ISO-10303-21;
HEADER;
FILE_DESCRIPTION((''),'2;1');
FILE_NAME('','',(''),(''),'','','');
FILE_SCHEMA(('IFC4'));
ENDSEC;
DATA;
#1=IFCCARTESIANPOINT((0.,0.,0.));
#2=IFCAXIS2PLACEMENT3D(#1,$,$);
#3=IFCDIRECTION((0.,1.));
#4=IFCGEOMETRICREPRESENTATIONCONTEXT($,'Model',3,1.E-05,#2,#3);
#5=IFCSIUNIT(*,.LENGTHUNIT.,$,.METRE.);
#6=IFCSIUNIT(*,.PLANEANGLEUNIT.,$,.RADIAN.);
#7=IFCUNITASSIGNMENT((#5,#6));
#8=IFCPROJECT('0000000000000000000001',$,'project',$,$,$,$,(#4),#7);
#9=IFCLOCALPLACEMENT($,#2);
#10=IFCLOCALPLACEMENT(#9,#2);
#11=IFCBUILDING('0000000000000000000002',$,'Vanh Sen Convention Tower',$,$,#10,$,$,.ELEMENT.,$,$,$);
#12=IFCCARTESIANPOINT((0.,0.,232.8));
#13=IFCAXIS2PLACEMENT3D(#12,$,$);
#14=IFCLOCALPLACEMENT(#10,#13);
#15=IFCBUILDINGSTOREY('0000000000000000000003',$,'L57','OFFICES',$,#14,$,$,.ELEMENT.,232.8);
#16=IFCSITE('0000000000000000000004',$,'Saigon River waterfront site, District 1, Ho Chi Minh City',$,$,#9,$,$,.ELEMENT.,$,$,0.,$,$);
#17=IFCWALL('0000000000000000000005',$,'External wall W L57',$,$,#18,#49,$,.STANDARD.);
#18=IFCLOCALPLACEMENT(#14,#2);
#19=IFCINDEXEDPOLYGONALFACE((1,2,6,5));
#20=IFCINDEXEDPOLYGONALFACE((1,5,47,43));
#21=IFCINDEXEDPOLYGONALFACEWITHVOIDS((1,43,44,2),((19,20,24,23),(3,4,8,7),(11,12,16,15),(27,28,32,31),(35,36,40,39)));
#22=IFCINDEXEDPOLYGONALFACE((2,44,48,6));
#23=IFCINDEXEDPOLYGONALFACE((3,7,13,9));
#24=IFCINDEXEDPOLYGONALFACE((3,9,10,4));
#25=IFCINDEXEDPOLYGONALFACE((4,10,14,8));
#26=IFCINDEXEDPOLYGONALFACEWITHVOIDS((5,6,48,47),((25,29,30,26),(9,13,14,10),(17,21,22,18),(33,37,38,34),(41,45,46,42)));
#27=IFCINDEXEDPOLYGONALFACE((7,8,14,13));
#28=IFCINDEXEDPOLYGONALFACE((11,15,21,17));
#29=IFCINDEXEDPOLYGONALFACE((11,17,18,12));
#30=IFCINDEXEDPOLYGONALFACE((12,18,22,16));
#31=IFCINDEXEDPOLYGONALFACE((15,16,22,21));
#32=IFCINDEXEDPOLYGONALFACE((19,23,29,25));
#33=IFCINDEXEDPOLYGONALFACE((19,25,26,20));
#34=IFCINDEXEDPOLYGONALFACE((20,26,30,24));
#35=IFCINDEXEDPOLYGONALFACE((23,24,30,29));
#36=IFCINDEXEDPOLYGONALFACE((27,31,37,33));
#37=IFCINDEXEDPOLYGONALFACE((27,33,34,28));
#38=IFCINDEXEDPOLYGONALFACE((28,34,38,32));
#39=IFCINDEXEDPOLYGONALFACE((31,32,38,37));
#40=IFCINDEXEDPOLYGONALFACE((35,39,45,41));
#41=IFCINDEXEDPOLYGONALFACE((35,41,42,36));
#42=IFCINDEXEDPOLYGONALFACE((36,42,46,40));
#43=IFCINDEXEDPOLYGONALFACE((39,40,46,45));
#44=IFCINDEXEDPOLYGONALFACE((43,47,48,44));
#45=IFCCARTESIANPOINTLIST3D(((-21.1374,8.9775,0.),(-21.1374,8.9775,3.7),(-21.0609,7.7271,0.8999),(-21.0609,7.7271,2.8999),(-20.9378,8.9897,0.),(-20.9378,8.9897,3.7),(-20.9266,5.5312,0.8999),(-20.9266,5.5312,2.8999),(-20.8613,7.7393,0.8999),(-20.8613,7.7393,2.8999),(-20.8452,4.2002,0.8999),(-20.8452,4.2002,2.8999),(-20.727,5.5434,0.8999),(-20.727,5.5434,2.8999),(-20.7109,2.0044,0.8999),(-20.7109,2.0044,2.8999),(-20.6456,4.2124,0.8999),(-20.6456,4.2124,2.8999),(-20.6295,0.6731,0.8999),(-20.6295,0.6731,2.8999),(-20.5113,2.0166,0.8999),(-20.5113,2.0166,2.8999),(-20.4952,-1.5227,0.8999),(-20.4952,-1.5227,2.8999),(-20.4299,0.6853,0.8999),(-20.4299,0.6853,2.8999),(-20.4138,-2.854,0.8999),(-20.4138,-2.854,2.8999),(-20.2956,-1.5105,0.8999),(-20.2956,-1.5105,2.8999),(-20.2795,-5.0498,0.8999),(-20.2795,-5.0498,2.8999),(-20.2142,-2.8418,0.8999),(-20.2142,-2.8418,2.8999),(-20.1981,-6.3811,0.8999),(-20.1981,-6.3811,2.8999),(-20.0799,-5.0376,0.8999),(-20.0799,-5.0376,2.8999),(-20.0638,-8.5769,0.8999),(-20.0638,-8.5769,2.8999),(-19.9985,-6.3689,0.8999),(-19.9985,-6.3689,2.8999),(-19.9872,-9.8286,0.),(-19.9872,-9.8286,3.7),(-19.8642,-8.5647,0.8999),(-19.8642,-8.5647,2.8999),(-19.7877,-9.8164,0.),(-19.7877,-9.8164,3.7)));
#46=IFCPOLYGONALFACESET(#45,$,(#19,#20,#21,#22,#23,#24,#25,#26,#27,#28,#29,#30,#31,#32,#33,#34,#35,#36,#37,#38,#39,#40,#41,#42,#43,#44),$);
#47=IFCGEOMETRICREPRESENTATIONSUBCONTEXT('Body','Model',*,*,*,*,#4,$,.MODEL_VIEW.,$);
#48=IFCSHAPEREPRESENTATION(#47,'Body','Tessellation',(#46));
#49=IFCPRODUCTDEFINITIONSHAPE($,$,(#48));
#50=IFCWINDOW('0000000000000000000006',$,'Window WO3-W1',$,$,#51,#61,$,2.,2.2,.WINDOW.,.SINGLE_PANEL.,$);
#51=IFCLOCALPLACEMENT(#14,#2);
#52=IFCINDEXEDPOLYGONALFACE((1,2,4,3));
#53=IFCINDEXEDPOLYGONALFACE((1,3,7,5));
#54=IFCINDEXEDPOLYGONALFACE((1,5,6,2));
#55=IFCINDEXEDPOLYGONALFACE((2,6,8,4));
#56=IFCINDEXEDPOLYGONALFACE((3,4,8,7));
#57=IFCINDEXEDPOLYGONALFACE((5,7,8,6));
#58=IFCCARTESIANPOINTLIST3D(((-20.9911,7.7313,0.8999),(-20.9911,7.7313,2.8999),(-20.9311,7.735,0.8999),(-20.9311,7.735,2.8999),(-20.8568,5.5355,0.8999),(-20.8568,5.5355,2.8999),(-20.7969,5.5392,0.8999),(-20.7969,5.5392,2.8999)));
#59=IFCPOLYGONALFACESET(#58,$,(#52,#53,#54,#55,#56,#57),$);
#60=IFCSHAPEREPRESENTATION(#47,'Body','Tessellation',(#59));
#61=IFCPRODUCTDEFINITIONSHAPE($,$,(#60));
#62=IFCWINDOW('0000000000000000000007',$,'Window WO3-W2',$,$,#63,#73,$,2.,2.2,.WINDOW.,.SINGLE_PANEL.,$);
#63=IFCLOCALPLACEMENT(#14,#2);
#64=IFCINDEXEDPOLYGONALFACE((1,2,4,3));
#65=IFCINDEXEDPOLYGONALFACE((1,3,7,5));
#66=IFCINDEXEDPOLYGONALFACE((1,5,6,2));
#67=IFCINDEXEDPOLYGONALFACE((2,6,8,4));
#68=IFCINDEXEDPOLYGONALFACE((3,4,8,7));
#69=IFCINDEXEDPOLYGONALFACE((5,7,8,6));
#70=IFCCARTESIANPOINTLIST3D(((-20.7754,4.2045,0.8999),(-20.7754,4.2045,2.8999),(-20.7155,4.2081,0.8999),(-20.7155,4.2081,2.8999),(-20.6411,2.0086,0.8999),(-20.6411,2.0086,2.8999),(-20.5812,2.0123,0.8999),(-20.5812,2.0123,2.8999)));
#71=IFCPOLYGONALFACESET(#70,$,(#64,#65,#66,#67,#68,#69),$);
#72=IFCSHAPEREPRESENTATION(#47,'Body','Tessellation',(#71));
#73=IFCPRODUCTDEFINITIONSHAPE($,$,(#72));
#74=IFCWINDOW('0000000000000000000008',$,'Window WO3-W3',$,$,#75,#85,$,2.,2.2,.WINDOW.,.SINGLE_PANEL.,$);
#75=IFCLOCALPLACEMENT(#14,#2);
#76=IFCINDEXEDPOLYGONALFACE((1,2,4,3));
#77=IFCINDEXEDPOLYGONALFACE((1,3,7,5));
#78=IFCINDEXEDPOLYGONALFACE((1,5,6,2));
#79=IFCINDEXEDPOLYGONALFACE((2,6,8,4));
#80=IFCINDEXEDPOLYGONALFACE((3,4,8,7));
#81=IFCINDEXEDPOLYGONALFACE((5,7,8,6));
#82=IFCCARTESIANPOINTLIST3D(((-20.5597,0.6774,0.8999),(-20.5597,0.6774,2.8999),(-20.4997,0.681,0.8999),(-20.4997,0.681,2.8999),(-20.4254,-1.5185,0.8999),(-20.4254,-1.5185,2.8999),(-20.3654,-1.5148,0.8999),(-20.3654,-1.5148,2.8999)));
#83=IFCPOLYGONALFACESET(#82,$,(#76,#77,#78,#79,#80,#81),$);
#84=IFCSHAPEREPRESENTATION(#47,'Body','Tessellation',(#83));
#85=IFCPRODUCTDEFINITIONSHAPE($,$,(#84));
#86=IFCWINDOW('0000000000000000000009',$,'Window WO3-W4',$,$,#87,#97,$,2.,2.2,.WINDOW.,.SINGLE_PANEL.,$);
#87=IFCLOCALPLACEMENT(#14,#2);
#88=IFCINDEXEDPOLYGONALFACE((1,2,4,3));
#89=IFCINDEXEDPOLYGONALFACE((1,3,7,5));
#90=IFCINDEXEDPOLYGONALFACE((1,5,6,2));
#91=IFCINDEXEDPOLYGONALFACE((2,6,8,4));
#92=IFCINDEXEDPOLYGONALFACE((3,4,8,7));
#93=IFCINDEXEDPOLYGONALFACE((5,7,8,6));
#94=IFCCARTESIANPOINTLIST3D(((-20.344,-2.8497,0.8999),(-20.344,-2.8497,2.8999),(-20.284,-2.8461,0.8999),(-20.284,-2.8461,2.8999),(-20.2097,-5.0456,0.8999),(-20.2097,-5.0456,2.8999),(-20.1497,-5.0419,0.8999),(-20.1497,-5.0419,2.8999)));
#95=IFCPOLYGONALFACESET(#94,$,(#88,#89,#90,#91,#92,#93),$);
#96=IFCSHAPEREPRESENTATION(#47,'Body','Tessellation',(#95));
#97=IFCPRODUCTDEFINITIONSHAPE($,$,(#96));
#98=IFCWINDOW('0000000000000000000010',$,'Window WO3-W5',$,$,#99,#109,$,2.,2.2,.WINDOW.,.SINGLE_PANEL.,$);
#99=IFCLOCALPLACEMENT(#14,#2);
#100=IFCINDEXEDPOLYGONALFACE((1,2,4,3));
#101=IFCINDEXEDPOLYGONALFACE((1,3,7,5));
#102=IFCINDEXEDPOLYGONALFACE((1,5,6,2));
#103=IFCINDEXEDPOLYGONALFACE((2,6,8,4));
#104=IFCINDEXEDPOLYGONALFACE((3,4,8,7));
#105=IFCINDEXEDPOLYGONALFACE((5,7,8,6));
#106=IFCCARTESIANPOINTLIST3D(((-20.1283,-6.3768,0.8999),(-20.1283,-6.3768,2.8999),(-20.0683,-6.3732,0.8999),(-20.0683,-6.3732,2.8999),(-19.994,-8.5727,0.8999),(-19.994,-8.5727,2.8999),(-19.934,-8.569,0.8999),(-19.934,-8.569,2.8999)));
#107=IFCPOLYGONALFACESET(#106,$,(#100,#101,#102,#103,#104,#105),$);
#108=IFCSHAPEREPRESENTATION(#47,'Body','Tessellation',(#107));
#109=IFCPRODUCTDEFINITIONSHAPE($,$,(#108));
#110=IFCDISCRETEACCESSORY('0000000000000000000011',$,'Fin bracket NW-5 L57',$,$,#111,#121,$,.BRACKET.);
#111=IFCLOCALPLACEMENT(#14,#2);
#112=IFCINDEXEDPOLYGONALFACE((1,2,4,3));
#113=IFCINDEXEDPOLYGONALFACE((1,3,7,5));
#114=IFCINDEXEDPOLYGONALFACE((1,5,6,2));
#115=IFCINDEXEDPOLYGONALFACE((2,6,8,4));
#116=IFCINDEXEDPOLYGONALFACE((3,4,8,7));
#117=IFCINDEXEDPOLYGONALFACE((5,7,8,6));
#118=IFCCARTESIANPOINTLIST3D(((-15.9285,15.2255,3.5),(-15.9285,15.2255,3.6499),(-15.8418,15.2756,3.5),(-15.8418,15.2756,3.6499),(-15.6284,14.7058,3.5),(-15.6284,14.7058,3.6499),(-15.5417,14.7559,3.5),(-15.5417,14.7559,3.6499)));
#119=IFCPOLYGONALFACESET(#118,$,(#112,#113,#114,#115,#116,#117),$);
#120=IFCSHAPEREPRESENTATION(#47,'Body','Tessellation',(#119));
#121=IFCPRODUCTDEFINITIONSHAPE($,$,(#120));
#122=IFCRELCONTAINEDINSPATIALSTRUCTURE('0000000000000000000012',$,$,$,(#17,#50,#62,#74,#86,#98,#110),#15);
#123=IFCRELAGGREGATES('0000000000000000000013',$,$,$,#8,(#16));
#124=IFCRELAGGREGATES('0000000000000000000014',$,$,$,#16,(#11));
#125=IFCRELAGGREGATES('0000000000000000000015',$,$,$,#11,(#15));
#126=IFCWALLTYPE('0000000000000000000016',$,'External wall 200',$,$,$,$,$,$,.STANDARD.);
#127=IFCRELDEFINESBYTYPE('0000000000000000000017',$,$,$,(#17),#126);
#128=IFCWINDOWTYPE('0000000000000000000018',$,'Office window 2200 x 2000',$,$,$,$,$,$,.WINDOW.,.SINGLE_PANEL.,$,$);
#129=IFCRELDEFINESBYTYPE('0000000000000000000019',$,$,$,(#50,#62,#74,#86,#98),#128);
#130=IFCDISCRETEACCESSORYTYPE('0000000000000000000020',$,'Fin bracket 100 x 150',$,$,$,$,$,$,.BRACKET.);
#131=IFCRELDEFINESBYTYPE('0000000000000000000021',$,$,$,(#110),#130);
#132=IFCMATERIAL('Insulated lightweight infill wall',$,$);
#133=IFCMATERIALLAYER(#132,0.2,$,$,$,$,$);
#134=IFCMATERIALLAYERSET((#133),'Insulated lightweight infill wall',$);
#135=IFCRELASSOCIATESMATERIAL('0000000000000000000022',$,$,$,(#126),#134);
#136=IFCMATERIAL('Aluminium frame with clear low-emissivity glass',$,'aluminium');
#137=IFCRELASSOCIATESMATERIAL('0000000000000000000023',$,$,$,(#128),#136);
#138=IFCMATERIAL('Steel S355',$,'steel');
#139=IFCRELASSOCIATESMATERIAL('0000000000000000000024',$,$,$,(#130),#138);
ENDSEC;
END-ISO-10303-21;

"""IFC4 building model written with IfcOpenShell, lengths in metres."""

from ifc_helpers import new_model, si_unit, direction, frame, frame_2d, origin, origin_2d, place, context, subcontext, project, spatial, rectangle, extrude, material, layer, layer_set, type_object, element, fill, save


model = new_model("IFC4")

# Units and contexts
model_context = context("Model", 3, precision=1e-05, world=origin(), true_north=direction((0.0, 1.0)))
body_context = subcontext(model_context, "Body", "Model", "MODEL_VIEW")
ifc_project = project(units=[si_unit("LENGTHUNIT", "METRE"), si_unit("PLANEANGLEUNIT", "RADIAN")], contexts=[model_context])

# Site, building, storey
site_placement = place(None, origin())
site = spatial("IfcSite", under=ifc_project, at=site_placement, Name="Saigon River waterfront site, District 1, Ho Chi Minh City", CompositionType="ELEMENT", RefElevation=0.0)
building_placement = place(site_placement, origin())
building = spatial("IfcBuilding", under=site, at=building_placement, Name="Vanh Sen Convention Tower", CompositionType="ELEMENT")
storey_placement = place(building_placement, frame((0.0, 0.0, 232.8)))
storey = spatial("IfcBuildingStorey", under=building, at=storey_placement, Name="L57", Description="OFFICES", CompositionType="ELEMENT", Elevation=232.8)

# Shared definitions
ifc_material_1 = material(Name="Insulated lightweight infill wall")
ifc_layer_1 = layer(ifc_material_1, 0.2)
ifc_layer_set_1 = layer_set([ifc_layer_1], Name="Insulated lightweight infill wall")
wall_type_1 = type_object("IfcWallType", Name="External wall 200", PredefinedType="STANDARD", material=ifc_layer_set_1)
ifc_material_2 = material(Name="Aluminium frame with clear low-emissivity glass", Category="aluminium")

# Wall, openings, windows
wall_1_placement = place(storey_placement, frame((-21.0376, 8.9836, 0.0), z_axis=(0.0, 0.0, 1.0), x_axis=(0.061044, -0.998135, 0.0)))
wall_1 = element("IfcWall", 1, at=wall_1_placement, inside=storey, type_object=wall_type_1, Name="External wall W L57", PredefinedType="STANDARD", context=body_context, shape_type="SweptSolid", body=[
    extrude(rectangle(XDim=18.8413, YDim=0.2, at=frame_2d((9.4207, 0.0))), origin(), (0.0, 0.0, 1.0), 3.7),
])
opening_1_placement = place(wall_1_placement, frame((1.2527, 0.0, 0.8999)))
opening_1 = element("IfcOpeningElement", 2, at=opening_1_placement, cuts=wall_1, PredefinedType="OPENING", context=body_context, shape_type="SweptSolid", body=[
    extrude(rectangle(XDim=2.2, YDim=2.0, at=frame_2d((1.1001, 1.0))), frame((0.0, 0.1099, 0.0), z_axis=(0.0, -1.0, 0.0), x_axis=(1.0, 0.0, 0.0)), (0.0, 0.0, 1.0), 0.22),
])
opening_2_placement = place(wall_1_placement, frame((4.7861, 0.0, 0.8999)))
opening_2 = element("IfcOpeningElement", 3, at=opening_2_placement, cuts=wall_1, PredefinedType="OPENING", context=body_context, shape_type="SweptSolid", body=[
    extrude(rectangle(XDim=2.2, YDim=2.0, at=frame_2d((1.1001, 1.0))), frame((0.0, 0.1099, 0.0), z_axis=(0.0, -1.0, 0.0), x_axis=(1.0, 0.0, 0.0)), (0.0, 0.0, 1.0), 0.22),
])
opening_3_placement = place(wall_1_placement, frame((8.3198, 0.0, 0.8999)))
opening_3 = element("IfcOpeningElement", 4, at=opening_3_placement, cuts=wall_1, PredefinedType="OPENING", context=body_context, shape_type="SweptSolid", body=[
    extrude(rectangle(XDim=2.2, YDim=2.0, at=frame_2d((1.1001, 1.0))), frame((0.0, 0.1099, 0.0), z_axis=(0.0, -1.0, 0.0), x_axis=(1.0, 0.0, 0.0)), (0.0, 0.0, 1.0), 0.22),
])
opening_4_placement = place(wall_1_placement, frame((11.8535, 0.0, 0.8999)))
opening_4 = element("IfcOpeningElement", 5, at=opening_4_placement, cuts=wall_1, PredefinedType="OPENING", context=body_context, shape_type="SweptSolid", body=[
    extrude(rectangle(XDim=2.2, YDim=2.0, at=frame_2d((1.1001, 1.0))), frame((0.0, 0.1099, 0.0), z_axis=(0.0, -1.0, 0.0), x_axis=(1.0, 0.0, 0.0)), (0.0, 0.0, 1.0), 0.22),
])
opening_5_placement = place(wall_1_placement, frame((15.3872, 0.0, 0.8999)))
opening_5 = element("IfcOpeningElement", 6, at=opening_5_placement, cuts=wall_1, PredefinedType="OPENING", context=body_context, shape_type="SweptSolid", body=[
    extrude(rectangle(XDim=2.2, YDim=2.0, at=frame_2d((1.1001, 1.0))), frame((0.0, 0.1099, 0.0), z_axis=(0.0, -1.0, 0.0), x_axis=(1.0, 0.0, 0.0)), (0.0, 0.0, 1.0), 0.22),
])
window_type_1 = type_object("IfcWindowType", Name="Office window 2200 x 2000", PartitioningType="SINGLE_PANEL", PredefinedType="WINDOW", material=ifc_material_2)
window_1_placement = place(opening_1_placement, origin())
window_1 = element("IfcWindow", 7, at=window_1_placement, inside=storey, type_object=window_type_1, Name="Window WO3-W1", OverallHeight=2.0, OverallWidth=2.2, PartitioningType="SINGLE_PANEL", PredefinedType="WINDOW", context=body_context, shape_type="SweptSolid", body=[
    extrude(rectangle(XDim=2.2, YDim=2.0, at=frame_2d((1.1001, 1.0))), frame((0.0, 0.03, 0.0), z_axis=(0.0, -1.0, 0.0), x_axis=(1.0, 0.0, 0.0)), (0.0, 0.0, 1.0), 0.0601),
])
fill(opening_1, window_1)
window_2_placement = place(opening_2_placement, origin())
window_2 = element("IfcWindow", 8, at=window_2_placement, inside=storey, type_object=window_type_1, Name="Window WO3-W2", OverallHeight=2.0, OverallWidth=2.2, PartitioningType="SINGLE_PANEL", PredefinedType="WINDOW", context=body_context, shape_type="SweptSolid", body=[
    extrude(rectangle(XDim=2.2, YDim=2.0, at=frame_2d((1.1001, 1.0))), frame((0.0, 0.03, 0.0), z_axis=(0.0, -1.0, 0.0), x_axis=(1.0, 0.0, 0.0)), (0.0, 0.0, 1.0), 0.0601),
])
fill(opening_2, window_2)
window_3_placement = place(opening_3_placement, origin())
window_3 = element("IfcWindow", 9, at=window_3_placement, inside=storey, type_object=window_type_1, Name="Window WO3-W3", OverallHeight=2.0, OverallWidth=2.2, PartitioningType="SINGLE_PANEL", PredefinedType="WINDOW", context=body_context, shape_type="SweptSolid", body=[
    extrude(rectangle(XDim=2.2, YDim=2.0, at=frame_2d((1.1001, 1.0))), frame((0.0, 0.03, 0.0), z_axis=(0.0, -1.0, 0.0), x_axis=(1.0, 0.0, 0.0)), (0.0, 0.0, 1.0), 0.0601),
])
fill(opening_3, window_3)
window_4_placement = place(opening_4_placement, origin())
window_4 = element("IfcWindow", 10, at=window_4_placement, inside=storey, type_object=window_type_1, Name="Window WO3-W4", OverallHeight=2.0, OverallWidth=2.2, PartitioningType="SINGLE_PANEL", PredefinedType="WINDOW", context=body_context, shape_type="SweptSolid", body=[
    extrude(rectangle(XDim=2.2, YDim=2.0, at=frame_2d((1.1001, 1.0))), frame((0.0, 0.03, 0.0), z_axis=(0.0, -1.0, 0.0), x_axis=(1.0, 0.0, 0.0)), (0.0, 0.0, 1.0), 0.0601),
])
fill(opening_4, window_4)
window_5_placement = place(opening_5_placement, origin())
window_5 = element("IfcWindow", 11, at=window_5_placement, inside=storey, type_object=window_type_1, Name="Window WO3-W5", OverallHeight=2.0, OverallWidth=2.2, PartitioningType="SINGLE_PANEL", PredefinedType="WINDOW", context=body_context, shape_type="SweptSolid", body=[
    extrude(rectangle(XDim=2.2, YDim=2.0, at=frame_2d((1.1001, 1.0))), frame((0.0, 0.03, 0.0), z_axis=(0.0, -1.0, 0.0), x_axis=(1.0, 0.0, 0.0)), (0.0, 0.0, 1.0), 0.0601),
])
fill(opening_5, window_5)

# Discrete accessory
ifc_material_3 = material(Name="Steel S355", Category="steel")
discrete_accessory_type = type_object("IfcDiscreteAccessoryType", Name="Fin bracket 100 x 150", PredefinedType="BRACKET", material=ifc_material_3)
discrete_accessory_placement = place(storey_placement, frame((-15.7351, 14.9907, 3.5), z_axis=(0.0, 0.0, 1.0), x_axis=(-0.5, 0.866025, 0.0)))
element("IfcDiscreteAccessory", 12, at=discrete_accessory_placement, inside=storey, type_object=discrete_accessory_type, Name="Fin bracket NW-5 L57", PredefinedType="BRACKET", context=body_context, shape_type="SweptSolid", body=[
    extrude(rectangle(XDim=0.6001, YDim=0.1001, at=origin_2d()), origin(), (0.0, 0.0, 1.0), 0.1499),
])

save(model, "model.ifc")
